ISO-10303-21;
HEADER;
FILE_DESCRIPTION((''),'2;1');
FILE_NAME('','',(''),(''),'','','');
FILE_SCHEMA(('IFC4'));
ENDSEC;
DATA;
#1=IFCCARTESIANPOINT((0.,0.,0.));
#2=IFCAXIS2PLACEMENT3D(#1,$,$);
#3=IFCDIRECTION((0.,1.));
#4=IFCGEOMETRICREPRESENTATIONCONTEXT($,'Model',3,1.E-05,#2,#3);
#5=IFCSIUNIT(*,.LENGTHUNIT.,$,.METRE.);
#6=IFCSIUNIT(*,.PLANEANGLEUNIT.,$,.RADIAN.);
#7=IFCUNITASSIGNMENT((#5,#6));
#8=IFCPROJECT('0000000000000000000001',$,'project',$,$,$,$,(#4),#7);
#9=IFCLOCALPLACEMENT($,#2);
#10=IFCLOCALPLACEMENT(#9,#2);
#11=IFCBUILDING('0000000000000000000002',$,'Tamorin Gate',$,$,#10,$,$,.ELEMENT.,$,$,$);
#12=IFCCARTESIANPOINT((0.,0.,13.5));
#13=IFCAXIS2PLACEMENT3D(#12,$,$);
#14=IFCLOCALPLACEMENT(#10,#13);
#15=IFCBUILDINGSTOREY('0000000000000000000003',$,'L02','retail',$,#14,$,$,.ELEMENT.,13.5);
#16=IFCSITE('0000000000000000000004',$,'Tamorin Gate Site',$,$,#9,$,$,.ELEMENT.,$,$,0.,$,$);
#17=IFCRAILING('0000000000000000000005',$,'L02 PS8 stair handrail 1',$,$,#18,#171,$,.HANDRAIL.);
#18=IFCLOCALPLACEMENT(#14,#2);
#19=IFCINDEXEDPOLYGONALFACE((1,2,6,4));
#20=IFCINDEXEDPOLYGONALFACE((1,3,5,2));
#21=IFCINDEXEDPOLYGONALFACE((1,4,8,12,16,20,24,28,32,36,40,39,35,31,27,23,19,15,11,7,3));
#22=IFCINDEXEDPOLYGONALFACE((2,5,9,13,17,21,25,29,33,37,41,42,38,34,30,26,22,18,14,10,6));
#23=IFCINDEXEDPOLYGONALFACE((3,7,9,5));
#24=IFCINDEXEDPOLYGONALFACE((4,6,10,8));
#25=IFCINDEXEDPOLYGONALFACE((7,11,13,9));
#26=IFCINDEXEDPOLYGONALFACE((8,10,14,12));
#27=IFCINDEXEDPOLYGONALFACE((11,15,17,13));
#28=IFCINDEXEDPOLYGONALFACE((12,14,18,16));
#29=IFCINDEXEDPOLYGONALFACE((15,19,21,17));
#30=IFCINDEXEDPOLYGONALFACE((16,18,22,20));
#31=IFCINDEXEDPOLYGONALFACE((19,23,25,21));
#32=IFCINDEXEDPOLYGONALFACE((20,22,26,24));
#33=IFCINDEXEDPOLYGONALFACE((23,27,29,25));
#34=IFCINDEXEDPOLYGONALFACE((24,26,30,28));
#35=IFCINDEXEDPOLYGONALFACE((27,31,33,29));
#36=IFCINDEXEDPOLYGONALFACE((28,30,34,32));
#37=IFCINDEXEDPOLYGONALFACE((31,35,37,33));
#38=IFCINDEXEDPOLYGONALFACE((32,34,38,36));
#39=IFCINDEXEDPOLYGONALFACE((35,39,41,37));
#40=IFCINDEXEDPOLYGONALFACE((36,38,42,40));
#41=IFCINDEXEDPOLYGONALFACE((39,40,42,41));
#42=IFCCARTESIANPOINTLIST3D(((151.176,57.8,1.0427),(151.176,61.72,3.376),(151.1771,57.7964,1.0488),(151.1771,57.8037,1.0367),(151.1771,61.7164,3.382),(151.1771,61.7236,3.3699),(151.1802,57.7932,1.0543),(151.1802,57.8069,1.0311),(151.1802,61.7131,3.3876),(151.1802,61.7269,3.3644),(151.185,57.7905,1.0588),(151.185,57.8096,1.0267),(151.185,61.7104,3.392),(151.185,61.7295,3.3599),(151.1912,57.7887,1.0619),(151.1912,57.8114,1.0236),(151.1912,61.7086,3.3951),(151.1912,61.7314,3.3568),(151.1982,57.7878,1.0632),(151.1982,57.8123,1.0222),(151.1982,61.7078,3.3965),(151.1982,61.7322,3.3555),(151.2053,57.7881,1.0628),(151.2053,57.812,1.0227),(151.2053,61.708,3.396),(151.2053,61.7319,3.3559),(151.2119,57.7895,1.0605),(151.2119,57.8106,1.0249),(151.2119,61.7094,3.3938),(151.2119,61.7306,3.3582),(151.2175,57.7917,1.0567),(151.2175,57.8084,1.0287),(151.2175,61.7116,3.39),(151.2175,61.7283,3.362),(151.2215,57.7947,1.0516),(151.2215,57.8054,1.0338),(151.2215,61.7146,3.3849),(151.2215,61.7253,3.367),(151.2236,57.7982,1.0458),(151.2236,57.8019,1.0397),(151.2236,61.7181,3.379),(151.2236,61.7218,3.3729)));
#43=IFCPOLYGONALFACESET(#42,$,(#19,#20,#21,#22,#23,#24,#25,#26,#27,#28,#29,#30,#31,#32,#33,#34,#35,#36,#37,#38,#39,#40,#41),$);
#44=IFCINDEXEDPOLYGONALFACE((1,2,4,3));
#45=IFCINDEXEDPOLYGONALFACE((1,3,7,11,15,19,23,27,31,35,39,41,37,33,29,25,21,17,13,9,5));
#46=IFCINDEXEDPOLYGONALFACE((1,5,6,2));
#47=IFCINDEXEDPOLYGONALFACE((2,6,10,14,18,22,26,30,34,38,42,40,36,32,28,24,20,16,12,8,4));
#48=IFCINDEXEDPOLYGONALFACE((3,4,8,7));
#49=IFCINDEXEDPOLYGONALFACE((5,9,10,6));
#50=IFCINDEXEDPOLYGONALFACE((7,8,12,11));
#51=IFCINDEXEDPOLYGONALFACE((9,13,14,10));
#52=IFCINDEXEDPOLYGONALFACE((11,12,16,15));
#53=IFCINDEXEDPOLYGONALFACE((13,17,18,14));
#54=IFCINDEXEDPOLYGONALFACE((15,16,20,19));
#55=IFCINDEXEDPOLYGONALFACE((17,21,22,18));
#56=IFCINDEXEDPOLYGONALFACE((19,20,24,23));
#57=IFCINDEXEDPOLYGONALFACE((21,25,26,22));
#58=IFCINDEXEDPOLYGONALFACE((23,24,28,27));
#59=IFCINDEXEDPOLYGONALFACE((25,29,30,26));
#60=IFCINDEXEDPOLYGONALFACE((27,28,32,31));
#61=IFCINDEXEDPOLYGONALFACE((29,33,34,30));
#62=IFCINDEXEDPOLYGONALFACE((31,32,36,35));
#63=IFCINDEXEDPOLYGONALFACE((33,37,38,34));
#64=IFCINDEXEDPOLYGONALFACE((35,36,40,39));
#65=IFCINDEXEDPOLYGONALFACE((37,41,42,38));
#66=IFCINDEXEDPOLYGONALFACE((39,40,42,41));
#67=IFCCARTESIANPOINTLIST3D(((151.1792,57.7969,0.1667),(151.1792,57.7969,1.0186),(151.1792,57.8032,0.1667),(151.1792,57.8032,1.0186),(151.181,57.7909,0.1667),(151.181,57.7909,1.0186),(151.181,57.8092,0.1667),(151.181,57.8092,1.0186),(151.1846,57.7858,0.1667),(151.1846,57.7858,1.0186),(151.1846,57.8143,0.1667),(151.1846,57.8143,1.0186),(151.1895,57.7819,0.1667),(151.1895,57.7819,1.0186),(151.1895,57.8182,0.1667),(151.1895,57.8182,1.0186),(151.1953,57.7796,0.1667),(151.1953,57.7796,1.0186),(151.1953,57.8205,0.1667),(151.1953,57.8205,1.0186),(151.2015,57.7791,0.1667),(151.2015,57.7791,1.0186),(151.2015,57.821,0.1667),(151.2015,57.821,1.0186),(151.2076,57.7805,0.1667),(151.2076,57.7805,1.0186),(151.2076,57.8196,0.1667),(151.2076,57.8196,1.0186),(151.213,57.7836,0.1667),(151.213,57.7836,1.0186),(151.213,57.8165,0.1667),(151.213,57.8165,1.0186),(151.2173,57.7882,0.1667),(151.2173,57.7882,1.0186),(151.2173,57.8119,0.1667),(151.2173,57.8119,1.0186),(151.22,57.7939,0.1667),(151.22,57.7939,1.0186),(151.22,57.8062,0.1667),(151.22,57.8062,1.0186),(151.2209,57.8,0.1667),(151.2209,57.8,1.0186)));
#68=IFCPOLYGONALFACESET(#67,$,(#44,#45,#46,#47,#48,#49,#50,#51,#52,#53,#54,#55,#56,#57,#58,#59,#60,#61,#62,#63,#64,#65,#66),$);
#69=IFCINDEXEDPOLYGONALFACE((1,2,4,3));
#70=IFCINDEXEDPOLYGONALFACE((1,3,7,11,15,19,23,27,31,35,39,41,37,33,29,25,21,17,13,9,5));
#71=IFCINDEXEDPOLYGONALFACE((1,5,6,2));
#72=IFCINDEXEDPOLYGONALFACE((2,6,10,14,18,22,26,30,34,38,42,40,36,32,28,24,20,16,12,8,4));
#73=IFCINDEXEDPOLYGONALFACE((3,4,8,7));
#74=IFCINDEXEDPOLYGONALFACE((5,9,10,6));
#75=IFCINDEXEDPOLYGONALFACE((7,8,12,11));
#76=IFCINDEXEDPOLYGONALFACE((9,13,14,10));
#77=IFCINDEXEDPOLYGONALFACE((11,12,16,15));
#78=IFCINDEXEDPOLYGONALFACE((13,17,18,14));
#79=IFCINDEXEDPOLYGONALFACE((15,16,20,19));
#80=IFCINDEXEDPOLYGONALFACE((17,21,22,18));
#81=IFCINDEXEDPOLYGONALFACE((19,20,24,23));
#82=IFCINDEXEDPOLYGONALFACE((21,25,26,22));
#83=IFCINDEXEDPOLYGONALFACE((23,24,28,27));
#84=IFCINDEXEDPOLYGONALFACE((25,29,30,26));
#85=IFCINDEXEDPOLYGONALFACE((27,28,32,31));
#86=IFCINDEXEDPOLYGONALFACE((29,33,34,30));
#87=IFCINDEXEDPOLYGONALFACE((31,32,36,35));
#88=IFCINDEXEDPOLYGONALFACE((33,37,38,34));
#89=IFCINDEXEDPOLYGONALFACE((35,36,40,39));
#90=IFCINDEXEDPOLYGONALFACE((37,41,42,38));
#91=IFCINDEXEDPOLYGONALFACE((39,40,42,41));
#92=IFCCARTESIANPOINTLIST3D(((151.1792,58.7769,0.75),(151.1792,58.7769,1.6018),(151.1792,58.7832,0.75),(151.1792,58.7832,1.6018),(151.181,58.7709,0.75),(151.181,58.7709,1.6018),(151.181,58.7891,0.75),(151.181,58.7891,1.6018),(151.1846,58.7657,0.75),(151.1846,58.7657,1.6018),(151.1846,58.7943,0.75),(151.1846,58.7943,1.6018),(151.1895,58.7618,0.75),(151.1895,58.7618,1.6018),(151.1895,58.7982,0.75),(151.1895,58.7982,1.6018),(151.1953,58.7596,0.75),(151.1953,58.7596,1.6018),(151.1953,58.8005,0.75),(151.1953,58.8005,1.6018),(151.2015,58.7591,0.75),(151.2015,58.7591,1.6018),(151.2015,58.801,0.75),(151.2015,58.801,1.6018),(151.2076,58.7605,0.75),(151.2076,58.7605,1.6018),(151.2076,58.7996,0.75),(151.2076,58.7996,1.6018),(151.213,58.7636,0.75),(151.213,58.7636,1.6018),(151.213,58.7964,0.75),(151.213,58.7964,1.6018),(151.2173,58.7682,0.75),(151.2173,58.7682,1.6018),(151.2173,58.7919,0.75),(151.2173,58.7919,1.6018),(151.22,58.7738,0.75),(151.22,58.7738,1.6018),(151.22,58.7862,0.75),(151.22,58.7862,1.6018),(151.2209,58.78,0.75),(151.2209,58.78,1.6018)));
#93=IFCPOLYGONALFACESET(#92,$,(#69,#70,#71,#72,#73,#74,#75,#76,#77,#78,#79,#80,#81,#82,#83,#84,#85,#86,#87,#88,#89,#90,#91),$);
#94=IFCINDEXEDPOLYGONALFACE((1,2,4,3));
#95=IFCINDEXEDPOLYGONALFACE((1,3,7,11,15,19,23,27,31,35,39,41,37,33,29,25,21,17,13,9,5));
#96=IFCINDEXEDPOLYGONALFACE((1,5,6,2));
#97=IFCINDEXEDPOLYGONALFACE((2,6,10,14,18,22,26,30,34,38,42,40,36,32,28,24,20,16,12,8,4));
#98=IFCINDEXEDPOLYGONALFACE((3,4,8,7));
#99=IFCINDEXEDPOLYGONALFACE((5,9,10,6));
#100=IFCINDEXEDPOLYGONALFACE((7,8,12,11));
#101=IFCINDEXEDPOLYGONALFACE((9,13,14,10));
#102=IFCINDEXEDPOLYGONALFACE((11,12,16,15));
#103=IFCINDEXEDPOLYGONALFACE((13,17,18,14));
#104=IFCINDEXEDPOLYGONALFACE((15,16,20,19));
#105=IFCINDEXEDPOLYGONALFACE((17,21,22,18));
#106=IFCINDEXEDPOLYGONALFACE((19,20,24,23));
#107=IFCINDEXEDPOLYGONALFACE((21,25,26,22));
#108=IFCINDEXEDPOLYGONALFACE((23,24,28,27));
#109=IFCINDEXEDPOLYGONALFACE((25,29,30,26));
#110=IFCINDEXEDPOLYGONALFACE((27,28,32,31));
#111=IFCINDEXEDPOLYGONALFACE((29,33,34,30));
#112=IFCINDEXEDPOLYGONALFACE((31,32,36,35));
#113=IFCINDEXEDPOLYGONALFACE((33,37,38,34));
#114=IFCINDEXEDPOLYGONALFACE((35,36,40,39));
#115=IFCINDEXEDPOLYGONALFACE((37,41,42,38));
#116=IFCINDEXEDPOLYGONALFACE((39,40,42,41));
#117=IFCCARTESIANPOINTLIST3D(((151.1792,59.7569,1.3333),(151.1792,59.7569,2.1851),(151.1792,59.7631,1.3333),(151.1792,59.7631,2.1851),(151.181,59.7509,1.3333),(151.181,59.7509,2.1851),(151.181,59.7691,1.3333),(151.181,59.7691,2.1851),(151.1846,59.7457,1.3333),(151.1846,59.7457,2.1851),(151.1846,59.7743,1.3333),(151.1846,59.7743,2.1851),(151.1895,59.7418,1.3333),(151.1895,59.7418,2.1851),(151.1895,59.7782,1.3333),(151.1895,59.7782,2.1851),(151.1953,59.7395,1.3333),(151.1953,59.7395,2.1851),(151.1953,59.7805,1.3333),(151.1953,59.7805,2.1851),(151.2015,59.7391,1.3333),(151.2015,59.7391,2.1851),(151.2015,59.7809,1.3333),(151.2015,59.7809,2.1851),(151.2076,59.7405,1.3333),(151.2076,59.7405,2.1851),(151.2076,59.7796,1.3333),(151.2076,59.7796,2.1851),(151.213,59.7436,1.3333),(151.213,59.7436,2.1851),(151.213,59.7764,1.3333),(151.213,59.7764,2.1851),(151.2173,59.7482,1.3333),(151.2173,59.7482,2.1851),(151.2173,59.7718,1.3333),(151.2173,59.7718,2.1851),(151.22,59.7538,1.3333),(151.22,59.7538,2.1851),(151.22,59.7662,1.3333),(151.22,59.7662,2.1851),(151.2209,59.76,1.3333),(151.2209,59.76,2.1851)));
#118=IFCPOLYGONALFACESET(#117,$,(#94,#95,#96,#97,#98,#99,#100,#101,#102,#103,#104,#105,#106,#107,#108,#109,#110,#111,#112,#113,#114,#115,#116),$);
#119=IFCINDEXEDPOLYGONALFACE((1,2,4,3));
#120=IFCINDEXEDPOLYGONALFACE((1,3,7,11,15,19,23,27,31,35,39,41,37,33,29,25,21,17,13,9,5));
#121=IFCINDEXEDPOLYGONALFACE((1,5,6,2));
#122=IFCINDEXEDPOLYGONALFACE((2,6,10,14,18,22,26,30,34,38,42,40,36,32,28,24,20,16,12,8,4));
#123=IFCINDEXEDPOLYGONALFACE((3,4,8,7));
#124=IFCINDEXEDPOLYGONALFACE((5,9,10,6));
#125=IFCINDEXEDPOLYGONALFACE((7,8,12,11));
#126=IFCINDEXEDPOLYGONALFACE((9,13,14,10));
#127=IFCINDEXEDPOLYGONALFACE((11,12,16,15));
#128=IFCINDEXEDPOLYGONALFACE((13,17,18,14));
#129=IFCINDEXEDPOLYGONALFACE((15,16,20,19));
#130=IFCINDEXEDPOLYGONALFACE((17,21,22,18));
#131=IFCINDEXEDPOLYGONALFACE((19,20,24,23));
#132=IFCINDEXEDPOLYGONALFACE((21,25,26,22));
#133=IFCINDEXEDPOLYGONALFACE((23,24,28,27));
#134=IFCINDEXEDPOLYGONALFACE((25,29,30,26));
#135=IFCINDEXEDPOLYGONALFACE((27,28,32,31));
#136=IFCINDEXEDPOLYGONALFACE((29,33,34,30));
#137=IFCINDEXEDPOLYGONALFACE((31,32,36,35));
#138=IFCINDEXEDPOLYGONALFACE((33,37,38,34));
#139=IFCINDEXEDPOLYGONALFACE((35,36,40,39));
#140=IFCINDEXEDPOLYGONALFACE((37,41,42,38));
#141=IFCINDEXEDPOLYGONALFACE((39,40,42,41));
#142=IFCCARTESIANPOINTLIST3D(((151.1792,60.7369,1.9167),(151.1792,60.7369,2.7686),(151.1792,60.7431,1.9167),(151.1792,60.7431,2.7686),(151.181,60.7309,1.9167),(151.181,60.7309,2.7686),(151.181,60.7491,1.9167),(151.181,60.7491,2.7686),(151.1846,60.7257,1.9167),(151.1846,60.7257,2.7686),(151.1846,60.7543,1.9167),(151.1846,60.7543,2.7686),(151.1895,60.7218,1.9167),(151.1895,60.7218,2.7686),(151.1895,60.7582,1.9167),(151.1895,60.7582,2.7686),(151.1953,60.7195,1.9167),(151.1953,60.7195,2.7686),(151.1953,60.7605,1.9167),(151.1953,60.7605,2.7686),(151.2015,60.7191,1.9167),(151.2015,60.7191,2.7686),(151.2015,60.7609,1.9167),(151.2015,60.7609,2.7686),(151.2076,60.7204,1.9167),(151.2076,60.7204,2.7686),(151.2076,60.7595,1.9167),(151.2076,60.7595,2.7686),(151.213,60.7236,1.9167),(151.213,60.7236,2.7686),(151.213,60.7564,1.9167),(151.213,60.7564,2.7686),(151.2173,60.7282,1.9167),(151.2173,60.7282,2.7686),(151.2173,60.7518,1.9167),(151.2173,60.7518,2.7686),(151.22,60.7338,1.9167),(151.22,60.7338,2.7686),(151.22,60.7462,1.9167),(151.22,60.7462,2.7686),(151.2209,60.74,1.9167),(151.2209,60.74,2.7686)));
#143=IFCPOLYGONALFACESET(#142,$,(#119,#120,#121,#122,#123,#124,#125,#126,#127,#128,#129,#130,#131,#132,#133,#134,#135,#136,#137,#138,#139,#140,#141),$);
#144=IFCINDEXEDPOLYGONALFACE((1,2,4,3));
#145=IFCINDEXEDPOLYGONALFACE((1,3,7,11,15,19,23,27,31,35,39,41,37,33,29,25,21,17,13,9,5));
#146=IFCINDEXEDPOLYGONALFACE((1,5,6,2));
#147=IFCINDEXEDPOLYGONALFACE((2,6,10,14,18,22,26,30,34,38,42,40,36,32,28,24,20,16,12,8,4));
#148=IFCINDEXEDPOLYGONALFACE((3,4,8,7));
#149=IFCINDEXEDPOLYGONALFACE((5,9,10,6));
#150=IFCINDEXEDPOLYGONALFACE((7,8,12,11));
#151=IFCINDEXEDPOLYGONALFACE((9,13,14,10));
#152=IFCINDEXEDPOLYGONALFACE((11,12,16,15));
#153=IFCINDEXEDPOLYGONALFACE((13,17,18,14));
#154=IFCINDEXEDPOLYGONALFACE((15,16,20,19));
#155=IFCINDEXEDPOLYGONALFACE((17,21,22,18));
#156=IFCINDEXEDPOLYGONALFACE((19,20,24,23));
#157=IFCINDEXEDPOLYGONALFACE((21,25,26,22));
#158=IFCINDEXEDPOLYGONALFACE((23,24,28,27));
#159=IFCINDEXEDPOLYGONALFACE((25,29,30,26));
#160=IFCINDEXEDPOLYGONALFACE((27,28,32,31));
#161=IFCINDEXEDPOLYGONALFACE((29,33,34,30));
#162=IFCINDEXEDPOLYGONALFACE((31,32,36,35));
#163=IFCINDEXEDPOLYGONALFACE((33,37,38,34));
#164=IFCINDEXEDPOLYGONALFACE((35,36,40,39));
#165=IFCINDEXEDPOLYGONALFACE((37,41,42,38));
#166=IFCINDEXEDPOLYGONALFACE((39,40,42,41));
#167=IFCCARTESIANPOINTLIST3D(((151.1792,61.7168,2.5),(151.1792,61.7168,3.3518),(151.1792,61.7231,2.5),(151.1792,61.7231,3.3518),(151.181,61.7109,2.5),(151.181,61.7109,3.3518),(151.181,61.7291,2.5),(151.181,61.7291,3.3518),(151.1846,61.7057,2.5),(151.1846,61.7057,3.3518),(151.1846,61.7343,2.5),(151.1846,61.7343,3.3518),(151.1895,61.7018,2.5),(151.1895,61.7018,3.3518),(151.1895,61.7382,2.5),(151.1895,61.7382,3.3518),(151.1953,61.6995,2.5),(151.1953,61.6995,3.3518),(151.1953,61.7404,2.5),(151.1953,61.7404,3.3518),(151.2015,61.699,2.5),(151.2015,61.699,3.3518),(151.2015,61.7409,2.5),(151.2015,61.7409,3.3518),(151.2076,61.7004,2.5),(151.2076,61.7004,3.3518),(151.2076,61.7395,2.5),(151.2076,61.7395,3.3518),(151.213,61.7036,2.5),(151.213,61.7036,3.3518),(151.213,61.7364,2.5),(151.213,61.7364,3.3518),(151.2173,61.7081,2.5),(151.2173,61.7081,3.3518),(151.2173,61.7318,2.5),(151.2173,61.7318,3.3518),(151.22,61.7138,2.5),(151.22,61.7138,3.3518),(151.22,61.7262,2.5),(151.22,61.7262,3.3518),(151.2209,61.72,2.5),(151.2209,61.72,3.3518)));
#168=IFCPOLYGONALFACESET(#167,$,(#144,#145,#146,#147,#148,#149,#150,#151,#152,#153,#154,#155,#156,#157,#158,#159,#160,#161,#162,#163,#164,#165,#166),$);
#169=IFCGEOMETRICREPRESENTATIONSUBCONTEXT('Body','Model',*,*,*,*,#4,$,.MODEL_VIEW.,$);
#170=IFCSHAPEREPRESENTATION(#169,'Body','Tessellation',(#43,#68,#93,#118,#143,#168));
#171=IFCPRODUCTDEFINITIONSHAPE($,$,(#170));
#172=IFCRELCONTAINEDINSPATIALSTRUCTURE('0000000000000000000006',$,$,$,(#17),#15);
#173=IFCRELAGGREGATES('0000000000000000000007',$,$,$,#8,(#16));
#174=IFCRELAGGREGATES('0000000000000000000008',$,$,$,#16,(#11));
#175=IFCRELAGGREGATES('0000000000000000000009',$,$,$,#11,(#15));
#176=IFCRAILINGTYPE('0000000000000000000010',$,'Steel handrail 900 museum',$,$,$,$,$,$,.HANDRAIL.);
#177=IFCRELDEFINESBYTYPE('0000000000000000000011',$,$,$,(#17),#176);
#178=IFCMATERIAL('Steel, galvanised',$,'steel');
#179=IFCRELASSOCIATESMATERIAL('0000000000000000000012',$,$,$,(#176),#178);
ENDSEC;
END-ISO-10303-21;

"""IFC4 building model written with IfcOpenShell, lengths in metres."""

from ifc_helpers import new_model, si_unit, direction, frame, origin, origin_2d, place, context, subcontext, project, spatial, circle, extrude, material, type_object, element, save


model = new_model("IFC4")

# Units and contexts
model_context = context("Model", 3, precision=1e-05, world=origin(), true_north=direction((0.0, 1.0)))
body_context = subcontext(model_context, "Body", "Model", "MODEL_VIEW")
ifc_project = project(units=[si_unit("LENGTHUNIT", "METRE"), si_unit("PLANEANGLEUNIT", "RADIAN")], contexts=[model_context])

# Site, building, storey
site_placement = place(None, origin())
site = spatial("IfcSite", under=ifc_project, at=site_placement, Name="Tamorin Gate Site", CompositionType="ELEMENT", RefElevation=0.0)
building_placement = place(site_placement, origin())
building = spatial("IfcBuilding", under=site, at=building_placement, Name="Tamorin Gate", CompositionType="ELEMENT")
storey_placement = place(building_placement, frame((0.0, 0.0, 13.5)))
storey = spatial("IfcBuildingStorey", under=building, at=storey_placement, Name="L02", Description="retail", CompositionType="ELEMENT", Elevation=13.5)

# Railing
ifc_material_1 = material(Name="Steel, galvanised", Category="steel")
railing_type_1 = type_object("IfcRailingType", Name="Steel handrail 900 museum", PredefinedType="HANDRAIL", material=ifc_material_1)
railing_1_placement = place(storey_placement, frame((151.2, 57.8, 0.1667)))
element("IfcRailing", 1, at=railing_1_placement, inside=storey, type_object=railing_type_1, Name="L02 PS8 stair handrail 1", PredefinedType="HANDRAIL", context=body_context, shape_type="SweptSolid", body=[
    extrude(circle(Radius=0.0239, at=origin_2d()), frame((0.0, 0.0, 0.876), z_axis=(0.0, 0.859296, 0.511478), x_axis=(-1.0, 0.0, 0.0)), (0.0, 0.0, 1.0), 4.5618),
    extrude(circle(Radius=0.021, at=origin_2d()), origin(), (0.0, 0.0, 1.0), 0.8518),
    extrude(circle(Radius=0.021, at=origin_2d()), frame((0.0, 0.98, 0.5833)), (0.0, 0.0, 1.0), 0.8518),
    extrude(circle(Radius=0.021, at=origin_2d()), frame((0.0, 1.96, 1.1665)), (0.0, 0.0, 1.0), 0.8518),
    extrude(circle(Radius=0.021, at=origin_2d()), frame((0.0, 2.9399, 1.75)), (0.0, 0.0, 1.0), 0.8518),
    extrude(circle(Radius=0.021, at=origin_2d()), frame((0.0, 3.9199, 2.3333)), (0.0, 0.0, 1.0), 0.8518),
])

save(model, "model.ifc")
